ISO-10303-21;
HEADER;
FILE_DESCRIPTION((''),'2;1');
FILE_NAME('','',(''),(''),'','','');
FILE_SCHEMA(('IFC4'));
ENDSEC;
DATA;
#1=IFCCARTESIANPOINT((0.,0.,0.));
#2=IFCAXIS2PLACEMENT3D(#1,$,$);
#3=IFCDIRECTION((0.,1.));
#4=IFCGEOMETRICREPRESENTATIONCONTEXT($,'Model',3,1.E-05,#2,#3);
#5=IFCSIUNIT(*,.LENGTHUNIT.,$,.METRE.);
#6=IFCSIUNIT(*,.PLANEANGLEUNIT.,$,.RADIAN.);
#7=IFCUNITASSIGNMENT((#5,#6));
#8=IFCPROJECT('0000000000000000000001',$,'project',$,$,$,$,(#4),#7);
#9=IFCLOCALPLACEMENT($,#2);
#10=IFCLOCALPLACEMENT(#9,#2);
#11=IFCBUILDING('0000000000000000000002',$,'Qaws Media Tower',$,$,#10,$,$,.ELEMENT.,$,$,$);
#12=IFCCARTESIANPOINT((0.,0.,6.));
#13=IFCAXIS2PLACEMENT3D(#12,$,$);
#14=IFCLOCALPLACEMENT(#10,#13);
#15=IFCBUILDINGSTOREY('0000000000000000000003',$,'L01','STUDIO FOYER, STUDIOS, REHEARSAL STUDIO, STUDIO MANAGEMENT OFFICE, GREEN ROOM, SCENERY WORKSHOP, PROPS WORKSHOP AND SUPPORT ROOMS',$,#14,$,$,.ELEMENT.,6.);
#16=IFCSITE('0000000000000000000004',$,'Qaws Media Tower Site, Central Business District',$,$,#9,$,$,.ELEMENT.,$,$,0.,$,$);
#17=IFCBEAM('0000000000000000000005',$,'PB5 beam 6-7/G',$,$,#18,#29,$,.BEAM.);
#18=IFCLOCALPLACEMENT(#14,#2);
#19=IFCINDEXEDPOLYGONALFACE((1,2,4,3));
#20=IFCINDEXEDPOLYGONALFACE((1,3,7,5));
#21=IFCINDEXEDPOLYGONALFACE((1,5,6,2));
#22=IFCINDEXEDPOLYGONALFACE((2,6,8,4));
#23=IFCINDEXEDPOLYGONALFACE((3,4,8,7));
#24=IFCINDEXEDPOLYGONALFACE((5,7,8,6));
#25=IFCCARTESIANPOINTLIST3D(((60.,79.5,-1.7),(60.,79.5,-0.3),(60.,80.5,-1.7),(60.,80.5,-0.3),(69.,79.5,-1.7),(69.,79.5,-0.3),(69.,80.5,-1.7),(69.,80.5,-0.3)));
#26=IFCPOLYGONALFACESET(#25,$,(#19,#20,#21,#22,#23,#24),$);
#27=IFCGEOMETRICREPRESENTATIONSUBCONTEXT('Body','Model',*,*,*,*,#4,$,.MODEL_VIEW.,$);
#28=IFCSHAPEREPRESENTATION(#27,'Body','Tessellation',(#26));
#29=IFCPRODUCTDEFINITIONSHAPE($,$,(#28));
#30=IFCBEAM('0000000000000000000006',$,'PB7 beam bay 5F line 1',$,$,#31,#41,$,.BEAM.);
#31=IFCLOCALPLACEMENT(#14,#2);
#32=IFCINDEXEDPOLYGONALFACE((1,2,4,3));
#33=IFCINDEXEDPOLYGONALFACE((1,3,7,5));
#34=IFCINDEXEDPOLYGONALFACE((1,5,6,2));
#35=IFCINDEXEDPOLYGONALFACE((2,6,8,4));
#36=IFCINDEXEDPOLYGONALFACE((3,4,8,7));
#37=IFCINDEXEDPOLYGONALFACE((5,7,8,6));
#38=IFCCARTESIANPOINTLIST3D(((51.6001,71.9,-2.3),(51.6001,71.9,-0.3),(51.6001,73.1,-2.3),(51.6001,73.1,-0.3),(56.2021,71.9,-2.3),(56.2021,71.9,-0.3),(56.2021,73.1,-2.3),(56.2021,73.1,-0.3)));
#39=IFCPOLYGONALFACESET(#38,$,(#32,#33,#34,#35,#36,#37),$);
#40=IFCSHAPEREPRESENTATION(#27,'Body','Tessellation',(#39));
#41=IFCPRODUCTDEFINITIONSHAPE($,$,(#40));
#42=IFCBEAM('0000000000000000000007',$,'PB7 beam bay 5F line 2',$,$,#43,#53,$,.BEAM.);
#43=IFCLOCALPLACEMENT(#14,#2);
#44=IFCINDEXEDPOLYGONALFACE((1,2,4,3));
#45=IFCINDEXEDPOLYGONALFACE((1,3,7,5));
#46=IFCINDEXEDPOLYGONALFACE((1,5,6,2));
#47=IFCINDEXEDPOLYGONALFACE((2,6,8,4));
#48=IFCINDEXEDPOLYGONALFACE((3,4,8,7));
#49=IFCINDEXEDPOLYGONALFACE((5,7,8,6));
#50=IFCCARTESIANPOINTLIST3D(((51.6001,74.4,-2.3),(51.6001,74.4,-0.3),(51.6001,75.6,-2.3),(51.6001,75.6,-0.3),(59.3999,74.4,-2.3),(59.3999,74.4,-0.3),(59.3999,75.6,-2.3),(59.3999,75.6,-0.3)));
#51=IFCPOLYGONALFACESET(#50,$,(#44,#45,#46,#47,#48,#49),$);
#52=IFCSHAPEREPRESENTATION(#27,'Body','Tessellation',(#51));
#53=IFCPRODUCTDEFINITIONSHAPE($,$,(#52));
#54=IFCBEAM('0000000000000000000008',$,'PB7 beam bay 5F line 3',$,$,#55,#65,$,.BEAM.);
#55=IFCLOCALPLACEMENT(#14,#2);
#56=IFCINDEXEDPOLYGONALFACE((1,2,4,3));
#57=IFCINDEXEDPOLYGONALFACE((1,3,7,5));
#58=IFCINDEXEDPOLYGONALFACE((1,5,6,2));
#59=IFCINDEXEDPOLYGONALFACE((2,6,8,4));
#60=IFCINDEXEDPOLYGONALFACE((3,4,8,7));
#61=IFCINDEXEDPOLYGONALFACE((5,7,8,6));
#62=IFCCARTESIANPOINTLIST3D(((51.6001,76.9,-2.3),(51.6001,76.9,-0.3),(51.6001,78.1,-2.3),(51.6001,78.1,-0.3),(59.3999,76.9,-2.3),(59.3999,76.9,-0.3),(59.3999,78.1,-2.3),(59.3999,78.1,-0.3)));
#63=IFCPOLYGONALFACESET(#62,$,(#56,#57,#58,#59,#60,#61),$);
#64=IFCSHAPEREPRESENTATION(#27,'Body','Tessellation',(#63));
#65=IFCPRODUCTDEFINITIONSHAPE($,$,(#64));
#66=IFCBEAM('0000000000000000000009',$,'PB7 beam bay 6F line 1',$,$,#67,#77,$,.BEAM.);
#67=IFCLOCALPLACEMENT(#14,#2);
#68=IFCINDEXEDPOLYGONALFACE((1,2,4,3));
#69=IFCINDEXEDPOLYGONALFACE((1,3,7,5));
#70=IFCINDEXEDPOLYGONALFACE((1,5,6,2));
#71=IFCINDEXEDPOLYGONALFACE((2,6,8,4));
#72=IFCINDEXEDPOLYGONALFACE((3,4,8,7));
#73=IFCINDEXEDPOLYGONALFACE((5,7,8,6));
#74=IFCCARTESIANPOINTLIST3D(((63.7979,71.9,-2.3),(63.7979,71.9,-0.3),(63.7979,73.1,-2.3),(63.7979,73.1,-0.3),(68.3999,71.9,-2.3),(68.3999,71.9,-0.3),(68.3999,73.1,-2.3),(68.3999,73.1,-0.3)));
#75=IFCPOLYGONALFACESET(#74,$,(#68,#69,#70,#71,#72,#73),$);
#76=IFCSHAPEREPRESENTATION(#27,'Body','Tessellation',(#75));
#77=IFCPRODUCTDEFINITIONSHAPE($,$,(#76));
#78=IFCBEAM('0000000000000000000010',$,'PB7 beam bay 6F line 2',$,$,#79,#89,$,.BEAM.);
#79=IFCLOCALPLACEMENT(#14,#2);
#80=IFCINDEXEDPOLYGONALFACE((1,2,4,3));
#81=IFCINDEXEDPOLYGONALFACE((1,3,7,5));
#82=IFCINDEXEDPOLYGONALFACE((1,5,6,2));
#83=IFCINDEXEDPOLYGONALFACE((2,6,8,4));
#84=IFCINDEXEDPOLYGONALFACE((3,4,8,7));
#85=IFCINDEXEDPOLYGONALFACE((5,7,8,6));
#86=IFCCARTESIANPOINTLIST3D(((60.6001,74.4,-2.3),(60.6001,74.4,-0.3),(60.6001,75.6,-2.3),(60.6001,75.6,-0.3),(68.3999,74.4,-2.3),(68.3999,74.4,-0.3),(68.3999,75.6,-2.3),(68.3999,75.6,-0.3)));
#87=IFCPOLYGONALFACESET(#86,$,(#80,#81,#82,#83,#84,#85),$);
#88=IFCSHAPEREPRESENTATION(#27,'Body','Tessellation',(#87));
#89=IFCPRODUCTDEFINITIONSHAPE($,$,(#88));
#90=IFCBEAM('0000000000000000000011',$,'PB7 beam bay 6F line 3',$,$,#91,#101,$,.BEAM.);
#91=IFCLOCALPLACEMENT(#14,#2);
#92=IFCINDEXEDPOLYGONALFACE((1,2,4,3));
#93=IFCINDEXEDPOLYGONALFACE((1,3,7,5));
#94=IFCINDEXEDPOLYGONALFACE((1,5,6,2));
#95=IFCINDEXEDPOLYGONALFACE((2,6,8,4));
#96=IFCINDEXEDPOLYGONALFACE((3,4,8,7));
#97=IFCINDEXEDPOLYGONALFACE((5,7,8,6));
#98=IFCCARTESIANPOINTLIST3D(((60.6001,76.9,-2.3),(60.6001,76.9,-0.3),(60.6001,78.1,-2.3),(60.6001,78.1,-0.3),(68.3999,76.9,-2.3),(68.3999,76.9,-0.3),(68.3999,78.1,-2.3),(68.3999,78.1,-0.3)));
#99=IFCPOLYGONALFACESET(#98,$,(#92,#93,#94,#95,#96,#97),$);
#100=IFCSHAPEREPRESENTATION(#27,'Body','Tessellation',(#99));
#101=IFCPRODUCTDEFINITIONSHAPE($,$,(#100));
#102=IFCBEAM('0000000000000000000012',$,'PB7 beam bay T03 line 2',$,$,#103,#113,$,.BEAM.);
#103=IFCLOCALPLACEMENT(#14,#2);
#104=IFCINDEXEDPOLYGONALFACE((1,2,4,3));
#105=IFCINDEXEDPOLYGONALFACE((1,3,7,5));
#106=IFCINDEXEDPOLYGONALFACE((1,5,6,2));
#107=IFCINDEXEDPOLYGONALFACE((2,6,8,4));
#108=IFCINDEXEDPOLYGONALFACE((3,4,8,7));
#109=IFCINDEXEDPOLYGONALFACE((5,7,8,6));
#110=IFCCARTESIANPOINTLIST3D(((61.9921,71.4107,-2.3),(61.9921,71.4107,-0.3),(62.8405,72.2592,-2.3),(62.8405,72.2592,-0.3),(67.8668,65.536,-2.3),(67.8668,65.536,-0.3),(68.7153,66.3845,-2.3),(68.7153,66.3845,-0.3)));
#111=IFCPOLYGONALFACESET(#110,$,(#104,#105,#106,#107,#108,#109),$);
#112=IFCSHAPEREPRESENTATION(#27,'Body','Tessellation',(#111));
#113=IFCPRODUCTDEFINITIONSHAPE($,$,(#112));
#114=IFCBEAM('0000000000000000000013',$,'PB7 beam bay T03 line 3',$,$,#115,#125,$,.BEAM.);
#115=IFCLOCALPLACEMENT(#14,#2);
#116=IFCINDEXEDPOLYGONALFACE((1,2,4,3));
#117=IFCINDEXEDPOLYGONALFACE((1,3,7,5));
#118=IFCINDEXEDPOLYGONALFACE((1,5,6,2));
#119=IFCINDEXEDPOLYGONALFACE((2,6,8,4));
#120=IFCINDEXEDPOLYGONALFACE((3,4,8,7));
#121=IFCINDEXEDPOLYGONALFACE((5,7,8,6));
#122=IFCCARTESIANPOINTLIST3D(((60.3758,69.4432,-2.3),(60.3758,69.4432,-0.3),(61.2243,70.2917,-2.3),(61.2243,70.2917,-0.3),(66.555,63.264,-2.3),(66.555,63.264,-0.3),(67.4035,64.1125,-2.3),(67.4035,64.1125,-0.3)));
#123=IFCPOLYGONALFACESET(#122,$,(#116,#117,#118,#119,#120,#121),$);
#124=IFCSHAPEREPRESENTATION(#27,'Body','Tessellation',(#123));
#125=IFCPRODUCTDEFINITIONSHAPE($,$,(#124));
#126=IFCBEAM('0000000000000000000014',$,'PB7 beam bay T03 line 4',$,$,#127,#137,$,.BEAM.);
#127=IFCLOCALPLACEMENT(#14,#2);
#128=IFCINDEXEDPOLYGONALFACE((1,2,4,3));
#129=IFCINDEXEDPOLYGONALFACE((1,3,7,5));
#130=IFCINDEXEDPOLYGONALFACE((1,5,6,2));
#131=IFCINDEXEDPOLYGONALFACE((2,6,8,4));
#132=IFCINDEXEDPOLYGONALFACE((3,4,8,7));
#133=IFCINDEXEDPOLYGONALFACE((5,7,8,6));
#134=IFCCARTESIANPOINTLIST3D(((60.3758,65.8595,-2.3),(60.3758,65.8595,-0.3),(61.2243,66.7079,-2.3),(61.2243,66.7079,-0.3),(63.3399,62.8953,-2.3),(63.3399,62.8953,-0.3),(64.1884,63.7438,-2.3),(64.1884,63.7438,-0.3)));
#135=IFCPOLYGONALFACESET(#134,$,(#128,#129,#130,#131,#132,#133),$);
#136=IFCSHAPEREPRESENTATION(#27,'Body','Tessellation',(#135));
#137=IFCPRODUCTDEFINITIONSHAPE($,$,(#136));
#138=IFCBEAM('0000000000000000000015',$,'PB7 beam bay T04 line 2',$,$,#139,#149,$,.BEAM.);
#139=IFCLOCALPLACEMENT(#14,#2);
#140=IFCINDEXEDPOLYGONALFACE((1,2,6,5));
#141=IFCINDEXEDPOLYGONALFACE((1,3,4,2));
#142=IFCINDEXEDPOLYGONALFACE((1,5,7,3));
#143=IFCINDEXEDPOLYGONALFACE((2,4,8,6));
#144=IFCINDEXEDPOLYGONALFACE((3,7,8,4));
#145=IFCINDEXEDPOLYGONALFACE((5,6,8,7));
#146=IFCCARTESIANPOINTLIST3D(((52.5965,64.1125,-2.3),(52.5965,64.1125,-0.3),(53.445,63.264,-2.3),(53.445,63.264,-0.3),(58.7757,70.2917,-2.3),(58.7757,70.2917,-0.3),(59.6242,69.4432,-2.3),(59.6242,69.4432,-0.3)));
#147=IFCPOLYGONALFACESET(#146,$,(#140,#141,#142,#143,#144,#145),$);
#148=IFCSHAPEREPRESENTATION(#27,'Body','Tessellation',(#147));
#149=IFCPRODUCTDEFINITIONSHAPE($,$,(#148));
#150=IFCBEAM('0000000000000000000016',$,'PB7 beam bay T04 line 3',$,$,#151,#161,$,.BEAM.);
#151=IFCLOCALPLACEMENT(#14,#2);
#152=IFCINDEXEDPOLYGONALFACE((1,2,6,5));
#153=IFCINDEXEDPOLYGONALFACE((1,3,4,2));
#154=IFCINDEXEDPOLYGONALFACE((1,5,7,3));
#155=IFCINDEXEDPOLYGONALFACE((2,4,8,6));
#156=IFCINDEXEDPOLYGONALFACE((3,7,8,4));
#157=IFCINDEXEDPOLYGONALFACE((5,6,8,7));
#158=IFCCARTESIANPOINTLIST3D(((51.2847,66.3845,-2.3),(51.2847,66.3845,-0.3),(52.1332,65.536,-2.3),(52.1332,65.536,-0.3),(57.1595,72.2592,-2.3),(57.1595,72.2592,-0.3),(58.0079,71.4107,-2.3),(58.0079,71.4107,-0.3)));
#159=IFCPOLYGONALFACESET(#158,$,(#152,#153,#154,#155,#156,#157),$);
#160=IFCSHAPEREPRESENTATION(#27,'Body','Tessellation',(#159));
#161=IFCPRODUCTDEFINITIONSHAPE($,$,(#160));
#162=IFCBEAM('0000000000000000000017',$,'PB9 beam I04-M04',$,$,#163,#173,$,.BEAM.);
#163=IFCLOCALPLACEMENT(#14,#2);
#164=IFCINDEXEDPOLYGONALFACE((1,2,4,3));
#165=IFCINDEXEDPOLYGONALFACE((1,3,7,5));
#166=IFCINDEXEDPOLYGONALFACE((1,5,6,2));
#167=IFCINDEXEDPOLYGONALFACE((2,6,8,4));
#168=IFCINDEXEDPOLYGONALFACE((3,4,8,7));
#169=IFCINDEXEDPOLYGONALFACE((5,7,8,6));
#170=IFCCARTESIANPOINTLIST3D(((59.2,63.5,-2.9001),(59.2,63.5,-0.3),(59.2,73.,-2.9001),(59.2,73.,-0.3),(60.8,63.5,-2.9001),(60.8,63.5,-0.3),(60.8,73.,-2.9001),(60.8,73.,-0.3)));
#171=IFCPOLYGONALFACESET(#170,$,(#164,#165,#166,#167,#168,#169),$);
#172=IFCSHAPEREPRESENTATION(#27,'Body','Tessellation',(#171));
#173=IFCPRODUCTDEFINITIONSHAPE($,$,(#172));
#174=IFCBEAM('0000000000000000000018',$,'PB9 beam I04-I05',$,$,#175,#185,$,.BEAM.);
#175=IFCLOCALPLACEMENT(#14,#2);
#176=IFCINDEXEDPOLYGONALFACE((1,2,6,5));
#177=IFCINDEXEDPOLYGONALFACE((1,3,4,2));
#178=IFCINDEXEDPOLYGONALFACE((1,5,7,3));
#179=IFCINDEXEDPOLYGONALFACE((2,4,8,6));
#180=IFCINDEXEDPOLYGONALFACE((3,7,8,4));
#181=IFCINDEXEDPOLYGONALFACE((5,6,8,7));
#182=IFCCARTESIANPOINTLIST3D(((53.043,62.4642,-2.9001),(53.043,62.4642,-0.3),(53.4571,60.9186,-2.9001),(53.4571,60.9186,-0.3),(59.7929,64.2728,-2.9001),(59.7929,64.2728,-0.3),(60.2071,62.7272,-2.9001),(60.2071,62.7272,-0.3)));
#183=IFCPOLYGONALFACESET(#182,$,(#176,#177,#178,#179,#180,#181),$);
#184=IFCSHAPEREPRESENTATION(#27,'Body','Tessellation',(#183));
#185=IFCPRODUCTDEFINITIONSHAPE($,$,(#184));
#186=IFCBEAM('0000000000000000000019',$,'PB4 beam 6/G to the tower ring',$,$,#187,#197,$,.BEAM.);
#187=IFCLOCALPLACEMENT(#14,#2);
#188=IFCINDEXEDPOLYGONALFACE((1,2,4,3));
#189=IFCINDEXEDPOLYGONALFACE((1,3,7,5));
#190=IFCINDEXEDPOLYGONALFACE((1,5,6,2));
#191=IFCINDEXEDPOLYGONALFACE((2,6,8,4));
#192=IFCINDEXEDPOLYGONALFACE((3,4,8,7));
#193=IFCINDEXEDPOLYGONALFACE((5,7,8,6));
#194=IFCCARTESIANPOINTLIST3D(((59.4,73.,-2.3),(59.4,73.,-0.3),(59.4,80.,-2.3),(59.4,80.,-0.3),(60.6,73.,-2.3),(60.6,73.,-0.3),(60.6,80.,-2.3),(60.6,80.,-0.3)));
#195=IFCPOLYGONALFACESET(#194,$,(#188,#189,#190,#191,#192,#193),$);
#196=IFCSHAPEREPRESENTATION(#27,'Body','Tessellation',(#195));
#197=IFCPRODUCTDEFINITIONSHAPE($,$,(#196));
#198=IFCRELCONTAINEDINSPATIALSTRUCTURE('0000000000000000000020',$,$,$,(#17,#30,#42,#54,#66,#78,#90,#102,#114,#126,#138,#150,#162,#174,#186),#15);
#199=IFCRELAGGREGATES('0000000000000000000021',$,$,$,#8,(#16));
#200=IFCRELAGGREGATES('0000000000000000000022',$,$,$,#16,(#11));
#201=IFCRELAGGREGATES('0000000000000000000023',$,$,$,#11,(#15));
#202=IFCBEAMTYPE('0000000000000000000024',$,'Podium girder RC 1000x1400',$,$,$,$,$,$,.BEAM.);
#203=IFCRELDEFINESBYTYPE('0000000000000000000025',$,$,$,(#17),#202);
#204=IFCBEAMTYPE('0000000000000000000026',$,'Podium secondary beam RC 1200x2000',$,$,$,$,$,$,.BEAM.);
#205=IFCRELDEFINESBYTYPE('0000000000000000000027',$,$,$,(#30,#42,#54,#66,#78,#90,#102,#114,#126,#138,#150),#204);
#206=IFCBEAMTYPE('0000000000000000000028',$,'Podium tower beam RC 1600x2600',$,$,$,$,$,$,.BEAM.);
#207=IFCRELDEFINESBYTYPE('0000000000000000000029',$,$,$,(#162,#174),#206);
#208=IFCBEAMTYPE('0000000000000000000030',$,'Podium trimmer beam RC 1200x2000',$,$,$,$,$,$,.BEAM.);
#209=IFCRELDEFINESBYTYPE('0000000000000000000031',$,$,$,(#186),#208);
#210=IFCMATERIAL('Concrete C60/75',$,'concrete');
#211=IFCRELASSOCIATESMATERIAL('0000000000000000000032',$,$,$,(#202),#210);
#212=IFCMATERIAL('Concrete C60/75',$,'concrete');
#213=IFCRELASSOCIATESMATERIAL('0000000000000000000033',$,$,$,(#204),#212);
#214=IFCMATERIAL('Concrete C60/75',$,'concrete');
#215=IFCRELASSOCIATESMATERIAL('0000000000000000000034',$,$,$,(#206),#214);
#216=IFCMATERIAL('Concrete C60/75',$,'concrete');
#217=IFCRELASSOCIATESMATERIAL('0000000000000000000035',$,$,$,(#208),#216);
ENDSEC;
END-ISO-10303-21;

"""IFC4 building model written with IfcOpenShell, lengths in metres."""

from ifc_helpers import new_model, si_unit, direction, frame, origin, origin_2d, place, context, subcontext, project, spatial, rectangle, extrude, material, material_profile, profile_set, type_object, element, save


model = new_model("IFC4")

# Units and contexts
model_context = context("Model", 3, precision=1e-05, world=origin(), true_north=direction((0.0, 1.0)))
body_context = subcontext(model_context, "Body", "Model", "MODEL_VIEW")
ifc_project = project(units=[si_unit("LENGTHUNIT", "METRE"), si_unit("PLANEANGLEUNIT", "RADIAN")], contexts=[model_context])

# Site, building, storey
site_placement = place(None, origin())
site = spatial("IfcSite", under=ifc_project, at=site_placement, Name="Qaws Media Tower Site, Central Business District", CompositionType="ELEMENT", RefElevation=0.0)
building_placement = place(site_placement, origin())
building = spatial("IfcBuilding", under=site, at=building_placement, Name="Qaws Media Tower", CompositionType="ELEMENT")
storey_placement = place(building_placement, frame((0.0, 0.0, 6.0)))
storey = spatial("IfcBuildingStorey", under=building, at=storey_placement, Name="L01", Description="STUDIO FOYER, STUDIOS, REHEARSAL STUDIO, STUDIO MANAGEMENT OFFICE, GREEN ROOM, SCENERY WORKSHOP, PROPS WORKSHOP AND SUPPORT ROOMS", CompositionType="ELEMENT", Elevation=6.0)

# Beams
ifc_material_1 = material(Name="Concrete C60/75", Category="concrete")
ifc_material_profile_1 = material_profile(ifc_material_1, rectangle(XDim=1.0, YDim=1.3999, at=origin_2d()), Name="RC 1000x1400")
ifc_profile_set_1 = profile_set([ifc_material_profile_1], Name="Concrete C60/75")
beam_type_1 = type_object("IfcBeamType", Name="Podium girder RC 1000x1400", PredefinedType="BEAM", material=ifc_profile_set_1)
beam_1_placement = place(storey_placement, frame((60.0, 80.0, -1.0), z_axis=(1.0, 0.0, 0.0), x_axis=(0.0, 1.0, 0.0)))
element("IfcBeam", 1, at=beam_1_placement, inside=storey, type_object=beam_type_1, Name="PB5 beam 6-7/G", PredefinedType="BEAM", context=body_context, shape_type="SweptSolid", body=[
    extrude(rectangle(XDim=1.0, YDim=1.3999, at=origin_2d()), origin(), (0.0, 0.0, 1.0), 9.0),
])
ifc_material_2 = material(Name="Concrete C60/75", Category="concrete")
ifc_material_profile_2 = material_profile(ifc_material_2, rectangle(XDim=1.2, YDim=2.0, at=origin_2d()), Name="RC 1200x2000")
ifc_profile_set_2 = profile_set([ifc_material_profile_2], Name="Concrete C60/75")
beam_type_2 = type_object("IfcBeamType", Name="Podium secondary beam RC 1200x2000", PredefinedType="BEAM", material=ifc_profile_set_2)
beam_2_placement = place(storey_placement, frame((51.6001, 72.5, -1.3), z_axis=(1.0, 0.0, 0.0), x_axis=(0.0, 1.0, 0.0)))
element("IfcBeam", 2, at=beam_2_placement, inside=storey, type_object=beam_type_2, Name="PB7 beam bay 5F line 1", PredefinedType="BEAM", context=body_context, shape_type="SweptSolid", body=[
    extrude(rectangle(XDim=1.2, YDim=2.0, at=origin_2d()), origin(), (0.0, 0.0, 1.0), 4.6021),
])
for number, where, z_axis, x_axis, name in (
    (3, (51.6001, 75.0, -1.3), (1.0, 0.0, 0.0), (0.0, 1.0, 0.0), "PB7 beam bay 5F line 2"),
    (4, (51.6001, 77.5, -1.3), (1.0, 0.0, 0.0), (0.0, 1.0, 0.0), "PB7 beam bay 5F line 3"),
):
    element("IfcBeam", number, at=place(storey_placement, frame(where, z_axis=z_axis, x_axis=x_axis)), inside=storey, type_object=beam_type_2, Name=name, PredefinedType="BEAM", context=body_context, shape_type="SweptSolid", body=[
        extrude(rectangle(XDim=1.2, YDim=2.0, at=origin_2d()), origin(), (0.0, 0.0, 1.0), 7.7998),
    ])
beam_3_placement = place(storey_placement, frame((63.7979, 72.5, -1.3), z_axis=(1.0, 0.0, 0.0), x_axis=(0.0, 1.0, 0.0)))
element("IfcBeam", 5, at=beam_3_placement, inside=storey, type_object=beam_type_2, Name="PB7 beam bay 6F line 1", PredefinedType="BEAM", context=body_context, shape_type="SweptSolid", body=[
    extrude(rectangle(XDim=1.2, YDim=2.0, at=origin_2d()), origin(), (0.0, 0.0, 1.0), 4.6021),
])
for number, where, z_axis, x_axis, name in (
    (6, (60.6001, 75.0, -1.3), (1.0, 0.0, 0.0), (0.0, 1.0, 0.0), "PB7 beam bay 6F line 2"),
    (7, (60.6001, 77.5, -1.3), (1.0, 0.0, 0.0), (0.0, 1.0, 0.0), "PB7 beam bay 6F line 3"),
):
    element("IfcBeam", number, at=place(storey_placement, frame(where, z_axis=z_axis, x_axis=x_axis)), inside=storey, type_object=beam_type_2, Name=name, PredefinedType="BEAM", context=body_context, shape_type="SweptSolid", body=[
        extrude(rectangle(XDim=1.2, YDim=2.0, at=origin_2d()), origin(), (0.0, 0.0, 1.0), 7.7998),
    ])
beam_4_placement = place(storey_placement, frame((68.291, 65.9602, -1.3), z_axis=(-0.707107, 0.707107, 0.0), x_axis=(-0.707107, -0.707107, 0.0)))
element("IfcBeam", 8, at=beam_4_placement, inside=storey, type_object=beam_type_2, Name="PB7 beam bay T03 line 2", PredefinedType="BEAM", context=body_context, shape_type="SweptSolid", body=[
    extrude(rectangle(XDim=1.2, YDim=2.0, at=origin_2d()), origin(), (0.0, 0.0, 1.0), 8.3081),
])
beam_5_placement = place(storey_placement, frame((66.9792, 63.6882, -1.3), z_axis=(-0.707107, 0.707107, 0.0), x_axis=(-0.707107, -0.707107, 0.0)))
element("IfcBeam", 9, at=beam_5_placement, inside=storey, type_object=beam_type_2, Name="PB7 beam bay T03 line 3", PredefinedType="BEAM", context=body_context, shape_type="SweptSolid", body=[
    extrude(rectangle(XDim=1.2, YDim=2.0, at=origin_2d()), origin(), (0.0, 0.0, 1.0), 8.7388),
])
beam_6_placement = place(storey_placement, frame((63.7642, 63.3196, -1.3), z_axis=(-0.707107, 0.707107, 0.0), x_axis=(-0.707107, -0.707107, 0.0)))
element("IfcBeam", 10, at=beam_6_placement, inside=storey, type_object=beam_type_2, Name="PB7 beam bay T03 line 4", PredefinedType="BEAM", context=body_context, shape_type="SweptSolid", body=[
    extrude(rectangle(XDim=1.2, YDim=2.0, at=origin_2d()), origin(), (0.0, 0.0, 1.0), 4.1919),
])
beam_7_placement = place(storey_placement, frame((53.0208, 63.6882, -1.3), z_axis=(0.707107, 0.707107, 0.0), x_axis=(-0.707107, 0.707107, 0.0)))
element("IfcBeam", 11, at=beam_7_placement, inside=storey, type_object=beam_type_2, Name="PB7 beam bay T04 line 2", PredefinedType="BEAM", context=body_context, shape_type="SweptSolid", body=[
    extrude(rectangle(XDim=1.2, YDim=2.0, at=origin_2d()), origin(), (0.0, 0.0, 1.0), 8.7388),
])
beam_8_placement = place(storey_placement, frame((51.709, 65.9602, -1.3), z_axis=(0.707107, 0.707107, 0.0), x_axis=(-0.707107, 0.707107, 0.0)))
element("IfcBeam", 12, at=beam_8_placement, inside=storey, type_object=beam_type_2, Name="PB7 beam bay T04 line 3", PredefinedType="BEAM", context=body_context, shape_type="SweptSolid", body=[
    extrude(rectangle(XDim=1.2, YDim=2.0, at=origin_2d()), origin(), (0.0, 0.0, 1.0), 8.3081),
])
ifc_material_3 = material(Name="Concrete C60/75", Category="concrete")
ifc_material_profile_3 = material_profile(ifc_material_3, rectangle(XDim=1.6001, YDim=2.6001, at=origin_2d()), Name="RC 1600x2600")
ifc_profile_set_3 = profile_set([ifc_material_profile_3], Name="Concrete C60/75")
beam_type_3 = type_object("IfcBeamType", Name="Podium tower beam RC 1600x2600", PredefinedType="BEAM", material=ifc_profile_set_3)
beam_9_placement = place(storey_placement, frame((60.0, 63.5, -1.6001), z_axis=(0.0, 1.0, 0.0), x_axis=(-1.0, 0.0, 0.0)))
element("IfcBeam", 13, at=beam_9_placement, inside=storey, type_object=beam_type_3, Name="PB9 beam I04-M04", PredefinedType="BEAM", context=body_context, shape_type="SweptSolid", body=[
    extrude(rectangle(XDim=1.6001, YDim=2.6001, at=origin_2d()), origin(), (0.0, 0.0, 1.0), 9.5),
])
beam_10_placement = place(storey_placement, frame((60.0, 63.5, -1.6001), z_axis=(-0.965928, -0.258811, 0.0), x_axis=(0.258811, -0.965928, 0.0)))
element("IfcBeam", 14, at=beam_10_placement, inside=storey, type_object=beam_type_3, Name="PB9 beam I04-I05", PredefinedType="BEAM", context=body_context, shape_type="SweptSolid", body=[
    extrude(rectangle(XDim=1.6001, YDim=2.6001, at=origin_2d()), origin(), (0.0, 0.0, 1.0), 6.988),
])
ifc_material_4 = material(Name="Concrete C60/75", Category="concrete")
ifc_material_profile_4 = material_profile(ifc_material_4, rectangle(XDim=1.2, YDim=2.0, at=origin_2d()), Name="RC 1200x2000")
ifc_profile_set_4 = profile_set([ifc_material_profile_4], Name="Concrete C60/75")
beam_type_4 = type_object("IfcBeamType", Name="Podium trimmer beam RC 1200x2000", PredefinedType="BEAM", material=ifc_profile_set_4)
beam_11_placement = place(storey_placement, frame((60.0, 80.0, -1.3), z_axis=(0.0, -1.0, 0.0), x_axis=(1.0, 0.0, 0.0)))
element("IfcBeam", 15, at=beam_11_placement, inside=storey, type_object=beam_type_4, Name="PB4 beam 6/G to the tower ring", PredefinedType="BEAM", context=body_context, shape_type="SweptSolid", body=[
    extrude(rectangle(XDim=1.2, YDim=2.0, at=origin_2d()), origin(), (0.0, 0.0, 1.0), 7.0),
])

save(model, "model.ifc")
